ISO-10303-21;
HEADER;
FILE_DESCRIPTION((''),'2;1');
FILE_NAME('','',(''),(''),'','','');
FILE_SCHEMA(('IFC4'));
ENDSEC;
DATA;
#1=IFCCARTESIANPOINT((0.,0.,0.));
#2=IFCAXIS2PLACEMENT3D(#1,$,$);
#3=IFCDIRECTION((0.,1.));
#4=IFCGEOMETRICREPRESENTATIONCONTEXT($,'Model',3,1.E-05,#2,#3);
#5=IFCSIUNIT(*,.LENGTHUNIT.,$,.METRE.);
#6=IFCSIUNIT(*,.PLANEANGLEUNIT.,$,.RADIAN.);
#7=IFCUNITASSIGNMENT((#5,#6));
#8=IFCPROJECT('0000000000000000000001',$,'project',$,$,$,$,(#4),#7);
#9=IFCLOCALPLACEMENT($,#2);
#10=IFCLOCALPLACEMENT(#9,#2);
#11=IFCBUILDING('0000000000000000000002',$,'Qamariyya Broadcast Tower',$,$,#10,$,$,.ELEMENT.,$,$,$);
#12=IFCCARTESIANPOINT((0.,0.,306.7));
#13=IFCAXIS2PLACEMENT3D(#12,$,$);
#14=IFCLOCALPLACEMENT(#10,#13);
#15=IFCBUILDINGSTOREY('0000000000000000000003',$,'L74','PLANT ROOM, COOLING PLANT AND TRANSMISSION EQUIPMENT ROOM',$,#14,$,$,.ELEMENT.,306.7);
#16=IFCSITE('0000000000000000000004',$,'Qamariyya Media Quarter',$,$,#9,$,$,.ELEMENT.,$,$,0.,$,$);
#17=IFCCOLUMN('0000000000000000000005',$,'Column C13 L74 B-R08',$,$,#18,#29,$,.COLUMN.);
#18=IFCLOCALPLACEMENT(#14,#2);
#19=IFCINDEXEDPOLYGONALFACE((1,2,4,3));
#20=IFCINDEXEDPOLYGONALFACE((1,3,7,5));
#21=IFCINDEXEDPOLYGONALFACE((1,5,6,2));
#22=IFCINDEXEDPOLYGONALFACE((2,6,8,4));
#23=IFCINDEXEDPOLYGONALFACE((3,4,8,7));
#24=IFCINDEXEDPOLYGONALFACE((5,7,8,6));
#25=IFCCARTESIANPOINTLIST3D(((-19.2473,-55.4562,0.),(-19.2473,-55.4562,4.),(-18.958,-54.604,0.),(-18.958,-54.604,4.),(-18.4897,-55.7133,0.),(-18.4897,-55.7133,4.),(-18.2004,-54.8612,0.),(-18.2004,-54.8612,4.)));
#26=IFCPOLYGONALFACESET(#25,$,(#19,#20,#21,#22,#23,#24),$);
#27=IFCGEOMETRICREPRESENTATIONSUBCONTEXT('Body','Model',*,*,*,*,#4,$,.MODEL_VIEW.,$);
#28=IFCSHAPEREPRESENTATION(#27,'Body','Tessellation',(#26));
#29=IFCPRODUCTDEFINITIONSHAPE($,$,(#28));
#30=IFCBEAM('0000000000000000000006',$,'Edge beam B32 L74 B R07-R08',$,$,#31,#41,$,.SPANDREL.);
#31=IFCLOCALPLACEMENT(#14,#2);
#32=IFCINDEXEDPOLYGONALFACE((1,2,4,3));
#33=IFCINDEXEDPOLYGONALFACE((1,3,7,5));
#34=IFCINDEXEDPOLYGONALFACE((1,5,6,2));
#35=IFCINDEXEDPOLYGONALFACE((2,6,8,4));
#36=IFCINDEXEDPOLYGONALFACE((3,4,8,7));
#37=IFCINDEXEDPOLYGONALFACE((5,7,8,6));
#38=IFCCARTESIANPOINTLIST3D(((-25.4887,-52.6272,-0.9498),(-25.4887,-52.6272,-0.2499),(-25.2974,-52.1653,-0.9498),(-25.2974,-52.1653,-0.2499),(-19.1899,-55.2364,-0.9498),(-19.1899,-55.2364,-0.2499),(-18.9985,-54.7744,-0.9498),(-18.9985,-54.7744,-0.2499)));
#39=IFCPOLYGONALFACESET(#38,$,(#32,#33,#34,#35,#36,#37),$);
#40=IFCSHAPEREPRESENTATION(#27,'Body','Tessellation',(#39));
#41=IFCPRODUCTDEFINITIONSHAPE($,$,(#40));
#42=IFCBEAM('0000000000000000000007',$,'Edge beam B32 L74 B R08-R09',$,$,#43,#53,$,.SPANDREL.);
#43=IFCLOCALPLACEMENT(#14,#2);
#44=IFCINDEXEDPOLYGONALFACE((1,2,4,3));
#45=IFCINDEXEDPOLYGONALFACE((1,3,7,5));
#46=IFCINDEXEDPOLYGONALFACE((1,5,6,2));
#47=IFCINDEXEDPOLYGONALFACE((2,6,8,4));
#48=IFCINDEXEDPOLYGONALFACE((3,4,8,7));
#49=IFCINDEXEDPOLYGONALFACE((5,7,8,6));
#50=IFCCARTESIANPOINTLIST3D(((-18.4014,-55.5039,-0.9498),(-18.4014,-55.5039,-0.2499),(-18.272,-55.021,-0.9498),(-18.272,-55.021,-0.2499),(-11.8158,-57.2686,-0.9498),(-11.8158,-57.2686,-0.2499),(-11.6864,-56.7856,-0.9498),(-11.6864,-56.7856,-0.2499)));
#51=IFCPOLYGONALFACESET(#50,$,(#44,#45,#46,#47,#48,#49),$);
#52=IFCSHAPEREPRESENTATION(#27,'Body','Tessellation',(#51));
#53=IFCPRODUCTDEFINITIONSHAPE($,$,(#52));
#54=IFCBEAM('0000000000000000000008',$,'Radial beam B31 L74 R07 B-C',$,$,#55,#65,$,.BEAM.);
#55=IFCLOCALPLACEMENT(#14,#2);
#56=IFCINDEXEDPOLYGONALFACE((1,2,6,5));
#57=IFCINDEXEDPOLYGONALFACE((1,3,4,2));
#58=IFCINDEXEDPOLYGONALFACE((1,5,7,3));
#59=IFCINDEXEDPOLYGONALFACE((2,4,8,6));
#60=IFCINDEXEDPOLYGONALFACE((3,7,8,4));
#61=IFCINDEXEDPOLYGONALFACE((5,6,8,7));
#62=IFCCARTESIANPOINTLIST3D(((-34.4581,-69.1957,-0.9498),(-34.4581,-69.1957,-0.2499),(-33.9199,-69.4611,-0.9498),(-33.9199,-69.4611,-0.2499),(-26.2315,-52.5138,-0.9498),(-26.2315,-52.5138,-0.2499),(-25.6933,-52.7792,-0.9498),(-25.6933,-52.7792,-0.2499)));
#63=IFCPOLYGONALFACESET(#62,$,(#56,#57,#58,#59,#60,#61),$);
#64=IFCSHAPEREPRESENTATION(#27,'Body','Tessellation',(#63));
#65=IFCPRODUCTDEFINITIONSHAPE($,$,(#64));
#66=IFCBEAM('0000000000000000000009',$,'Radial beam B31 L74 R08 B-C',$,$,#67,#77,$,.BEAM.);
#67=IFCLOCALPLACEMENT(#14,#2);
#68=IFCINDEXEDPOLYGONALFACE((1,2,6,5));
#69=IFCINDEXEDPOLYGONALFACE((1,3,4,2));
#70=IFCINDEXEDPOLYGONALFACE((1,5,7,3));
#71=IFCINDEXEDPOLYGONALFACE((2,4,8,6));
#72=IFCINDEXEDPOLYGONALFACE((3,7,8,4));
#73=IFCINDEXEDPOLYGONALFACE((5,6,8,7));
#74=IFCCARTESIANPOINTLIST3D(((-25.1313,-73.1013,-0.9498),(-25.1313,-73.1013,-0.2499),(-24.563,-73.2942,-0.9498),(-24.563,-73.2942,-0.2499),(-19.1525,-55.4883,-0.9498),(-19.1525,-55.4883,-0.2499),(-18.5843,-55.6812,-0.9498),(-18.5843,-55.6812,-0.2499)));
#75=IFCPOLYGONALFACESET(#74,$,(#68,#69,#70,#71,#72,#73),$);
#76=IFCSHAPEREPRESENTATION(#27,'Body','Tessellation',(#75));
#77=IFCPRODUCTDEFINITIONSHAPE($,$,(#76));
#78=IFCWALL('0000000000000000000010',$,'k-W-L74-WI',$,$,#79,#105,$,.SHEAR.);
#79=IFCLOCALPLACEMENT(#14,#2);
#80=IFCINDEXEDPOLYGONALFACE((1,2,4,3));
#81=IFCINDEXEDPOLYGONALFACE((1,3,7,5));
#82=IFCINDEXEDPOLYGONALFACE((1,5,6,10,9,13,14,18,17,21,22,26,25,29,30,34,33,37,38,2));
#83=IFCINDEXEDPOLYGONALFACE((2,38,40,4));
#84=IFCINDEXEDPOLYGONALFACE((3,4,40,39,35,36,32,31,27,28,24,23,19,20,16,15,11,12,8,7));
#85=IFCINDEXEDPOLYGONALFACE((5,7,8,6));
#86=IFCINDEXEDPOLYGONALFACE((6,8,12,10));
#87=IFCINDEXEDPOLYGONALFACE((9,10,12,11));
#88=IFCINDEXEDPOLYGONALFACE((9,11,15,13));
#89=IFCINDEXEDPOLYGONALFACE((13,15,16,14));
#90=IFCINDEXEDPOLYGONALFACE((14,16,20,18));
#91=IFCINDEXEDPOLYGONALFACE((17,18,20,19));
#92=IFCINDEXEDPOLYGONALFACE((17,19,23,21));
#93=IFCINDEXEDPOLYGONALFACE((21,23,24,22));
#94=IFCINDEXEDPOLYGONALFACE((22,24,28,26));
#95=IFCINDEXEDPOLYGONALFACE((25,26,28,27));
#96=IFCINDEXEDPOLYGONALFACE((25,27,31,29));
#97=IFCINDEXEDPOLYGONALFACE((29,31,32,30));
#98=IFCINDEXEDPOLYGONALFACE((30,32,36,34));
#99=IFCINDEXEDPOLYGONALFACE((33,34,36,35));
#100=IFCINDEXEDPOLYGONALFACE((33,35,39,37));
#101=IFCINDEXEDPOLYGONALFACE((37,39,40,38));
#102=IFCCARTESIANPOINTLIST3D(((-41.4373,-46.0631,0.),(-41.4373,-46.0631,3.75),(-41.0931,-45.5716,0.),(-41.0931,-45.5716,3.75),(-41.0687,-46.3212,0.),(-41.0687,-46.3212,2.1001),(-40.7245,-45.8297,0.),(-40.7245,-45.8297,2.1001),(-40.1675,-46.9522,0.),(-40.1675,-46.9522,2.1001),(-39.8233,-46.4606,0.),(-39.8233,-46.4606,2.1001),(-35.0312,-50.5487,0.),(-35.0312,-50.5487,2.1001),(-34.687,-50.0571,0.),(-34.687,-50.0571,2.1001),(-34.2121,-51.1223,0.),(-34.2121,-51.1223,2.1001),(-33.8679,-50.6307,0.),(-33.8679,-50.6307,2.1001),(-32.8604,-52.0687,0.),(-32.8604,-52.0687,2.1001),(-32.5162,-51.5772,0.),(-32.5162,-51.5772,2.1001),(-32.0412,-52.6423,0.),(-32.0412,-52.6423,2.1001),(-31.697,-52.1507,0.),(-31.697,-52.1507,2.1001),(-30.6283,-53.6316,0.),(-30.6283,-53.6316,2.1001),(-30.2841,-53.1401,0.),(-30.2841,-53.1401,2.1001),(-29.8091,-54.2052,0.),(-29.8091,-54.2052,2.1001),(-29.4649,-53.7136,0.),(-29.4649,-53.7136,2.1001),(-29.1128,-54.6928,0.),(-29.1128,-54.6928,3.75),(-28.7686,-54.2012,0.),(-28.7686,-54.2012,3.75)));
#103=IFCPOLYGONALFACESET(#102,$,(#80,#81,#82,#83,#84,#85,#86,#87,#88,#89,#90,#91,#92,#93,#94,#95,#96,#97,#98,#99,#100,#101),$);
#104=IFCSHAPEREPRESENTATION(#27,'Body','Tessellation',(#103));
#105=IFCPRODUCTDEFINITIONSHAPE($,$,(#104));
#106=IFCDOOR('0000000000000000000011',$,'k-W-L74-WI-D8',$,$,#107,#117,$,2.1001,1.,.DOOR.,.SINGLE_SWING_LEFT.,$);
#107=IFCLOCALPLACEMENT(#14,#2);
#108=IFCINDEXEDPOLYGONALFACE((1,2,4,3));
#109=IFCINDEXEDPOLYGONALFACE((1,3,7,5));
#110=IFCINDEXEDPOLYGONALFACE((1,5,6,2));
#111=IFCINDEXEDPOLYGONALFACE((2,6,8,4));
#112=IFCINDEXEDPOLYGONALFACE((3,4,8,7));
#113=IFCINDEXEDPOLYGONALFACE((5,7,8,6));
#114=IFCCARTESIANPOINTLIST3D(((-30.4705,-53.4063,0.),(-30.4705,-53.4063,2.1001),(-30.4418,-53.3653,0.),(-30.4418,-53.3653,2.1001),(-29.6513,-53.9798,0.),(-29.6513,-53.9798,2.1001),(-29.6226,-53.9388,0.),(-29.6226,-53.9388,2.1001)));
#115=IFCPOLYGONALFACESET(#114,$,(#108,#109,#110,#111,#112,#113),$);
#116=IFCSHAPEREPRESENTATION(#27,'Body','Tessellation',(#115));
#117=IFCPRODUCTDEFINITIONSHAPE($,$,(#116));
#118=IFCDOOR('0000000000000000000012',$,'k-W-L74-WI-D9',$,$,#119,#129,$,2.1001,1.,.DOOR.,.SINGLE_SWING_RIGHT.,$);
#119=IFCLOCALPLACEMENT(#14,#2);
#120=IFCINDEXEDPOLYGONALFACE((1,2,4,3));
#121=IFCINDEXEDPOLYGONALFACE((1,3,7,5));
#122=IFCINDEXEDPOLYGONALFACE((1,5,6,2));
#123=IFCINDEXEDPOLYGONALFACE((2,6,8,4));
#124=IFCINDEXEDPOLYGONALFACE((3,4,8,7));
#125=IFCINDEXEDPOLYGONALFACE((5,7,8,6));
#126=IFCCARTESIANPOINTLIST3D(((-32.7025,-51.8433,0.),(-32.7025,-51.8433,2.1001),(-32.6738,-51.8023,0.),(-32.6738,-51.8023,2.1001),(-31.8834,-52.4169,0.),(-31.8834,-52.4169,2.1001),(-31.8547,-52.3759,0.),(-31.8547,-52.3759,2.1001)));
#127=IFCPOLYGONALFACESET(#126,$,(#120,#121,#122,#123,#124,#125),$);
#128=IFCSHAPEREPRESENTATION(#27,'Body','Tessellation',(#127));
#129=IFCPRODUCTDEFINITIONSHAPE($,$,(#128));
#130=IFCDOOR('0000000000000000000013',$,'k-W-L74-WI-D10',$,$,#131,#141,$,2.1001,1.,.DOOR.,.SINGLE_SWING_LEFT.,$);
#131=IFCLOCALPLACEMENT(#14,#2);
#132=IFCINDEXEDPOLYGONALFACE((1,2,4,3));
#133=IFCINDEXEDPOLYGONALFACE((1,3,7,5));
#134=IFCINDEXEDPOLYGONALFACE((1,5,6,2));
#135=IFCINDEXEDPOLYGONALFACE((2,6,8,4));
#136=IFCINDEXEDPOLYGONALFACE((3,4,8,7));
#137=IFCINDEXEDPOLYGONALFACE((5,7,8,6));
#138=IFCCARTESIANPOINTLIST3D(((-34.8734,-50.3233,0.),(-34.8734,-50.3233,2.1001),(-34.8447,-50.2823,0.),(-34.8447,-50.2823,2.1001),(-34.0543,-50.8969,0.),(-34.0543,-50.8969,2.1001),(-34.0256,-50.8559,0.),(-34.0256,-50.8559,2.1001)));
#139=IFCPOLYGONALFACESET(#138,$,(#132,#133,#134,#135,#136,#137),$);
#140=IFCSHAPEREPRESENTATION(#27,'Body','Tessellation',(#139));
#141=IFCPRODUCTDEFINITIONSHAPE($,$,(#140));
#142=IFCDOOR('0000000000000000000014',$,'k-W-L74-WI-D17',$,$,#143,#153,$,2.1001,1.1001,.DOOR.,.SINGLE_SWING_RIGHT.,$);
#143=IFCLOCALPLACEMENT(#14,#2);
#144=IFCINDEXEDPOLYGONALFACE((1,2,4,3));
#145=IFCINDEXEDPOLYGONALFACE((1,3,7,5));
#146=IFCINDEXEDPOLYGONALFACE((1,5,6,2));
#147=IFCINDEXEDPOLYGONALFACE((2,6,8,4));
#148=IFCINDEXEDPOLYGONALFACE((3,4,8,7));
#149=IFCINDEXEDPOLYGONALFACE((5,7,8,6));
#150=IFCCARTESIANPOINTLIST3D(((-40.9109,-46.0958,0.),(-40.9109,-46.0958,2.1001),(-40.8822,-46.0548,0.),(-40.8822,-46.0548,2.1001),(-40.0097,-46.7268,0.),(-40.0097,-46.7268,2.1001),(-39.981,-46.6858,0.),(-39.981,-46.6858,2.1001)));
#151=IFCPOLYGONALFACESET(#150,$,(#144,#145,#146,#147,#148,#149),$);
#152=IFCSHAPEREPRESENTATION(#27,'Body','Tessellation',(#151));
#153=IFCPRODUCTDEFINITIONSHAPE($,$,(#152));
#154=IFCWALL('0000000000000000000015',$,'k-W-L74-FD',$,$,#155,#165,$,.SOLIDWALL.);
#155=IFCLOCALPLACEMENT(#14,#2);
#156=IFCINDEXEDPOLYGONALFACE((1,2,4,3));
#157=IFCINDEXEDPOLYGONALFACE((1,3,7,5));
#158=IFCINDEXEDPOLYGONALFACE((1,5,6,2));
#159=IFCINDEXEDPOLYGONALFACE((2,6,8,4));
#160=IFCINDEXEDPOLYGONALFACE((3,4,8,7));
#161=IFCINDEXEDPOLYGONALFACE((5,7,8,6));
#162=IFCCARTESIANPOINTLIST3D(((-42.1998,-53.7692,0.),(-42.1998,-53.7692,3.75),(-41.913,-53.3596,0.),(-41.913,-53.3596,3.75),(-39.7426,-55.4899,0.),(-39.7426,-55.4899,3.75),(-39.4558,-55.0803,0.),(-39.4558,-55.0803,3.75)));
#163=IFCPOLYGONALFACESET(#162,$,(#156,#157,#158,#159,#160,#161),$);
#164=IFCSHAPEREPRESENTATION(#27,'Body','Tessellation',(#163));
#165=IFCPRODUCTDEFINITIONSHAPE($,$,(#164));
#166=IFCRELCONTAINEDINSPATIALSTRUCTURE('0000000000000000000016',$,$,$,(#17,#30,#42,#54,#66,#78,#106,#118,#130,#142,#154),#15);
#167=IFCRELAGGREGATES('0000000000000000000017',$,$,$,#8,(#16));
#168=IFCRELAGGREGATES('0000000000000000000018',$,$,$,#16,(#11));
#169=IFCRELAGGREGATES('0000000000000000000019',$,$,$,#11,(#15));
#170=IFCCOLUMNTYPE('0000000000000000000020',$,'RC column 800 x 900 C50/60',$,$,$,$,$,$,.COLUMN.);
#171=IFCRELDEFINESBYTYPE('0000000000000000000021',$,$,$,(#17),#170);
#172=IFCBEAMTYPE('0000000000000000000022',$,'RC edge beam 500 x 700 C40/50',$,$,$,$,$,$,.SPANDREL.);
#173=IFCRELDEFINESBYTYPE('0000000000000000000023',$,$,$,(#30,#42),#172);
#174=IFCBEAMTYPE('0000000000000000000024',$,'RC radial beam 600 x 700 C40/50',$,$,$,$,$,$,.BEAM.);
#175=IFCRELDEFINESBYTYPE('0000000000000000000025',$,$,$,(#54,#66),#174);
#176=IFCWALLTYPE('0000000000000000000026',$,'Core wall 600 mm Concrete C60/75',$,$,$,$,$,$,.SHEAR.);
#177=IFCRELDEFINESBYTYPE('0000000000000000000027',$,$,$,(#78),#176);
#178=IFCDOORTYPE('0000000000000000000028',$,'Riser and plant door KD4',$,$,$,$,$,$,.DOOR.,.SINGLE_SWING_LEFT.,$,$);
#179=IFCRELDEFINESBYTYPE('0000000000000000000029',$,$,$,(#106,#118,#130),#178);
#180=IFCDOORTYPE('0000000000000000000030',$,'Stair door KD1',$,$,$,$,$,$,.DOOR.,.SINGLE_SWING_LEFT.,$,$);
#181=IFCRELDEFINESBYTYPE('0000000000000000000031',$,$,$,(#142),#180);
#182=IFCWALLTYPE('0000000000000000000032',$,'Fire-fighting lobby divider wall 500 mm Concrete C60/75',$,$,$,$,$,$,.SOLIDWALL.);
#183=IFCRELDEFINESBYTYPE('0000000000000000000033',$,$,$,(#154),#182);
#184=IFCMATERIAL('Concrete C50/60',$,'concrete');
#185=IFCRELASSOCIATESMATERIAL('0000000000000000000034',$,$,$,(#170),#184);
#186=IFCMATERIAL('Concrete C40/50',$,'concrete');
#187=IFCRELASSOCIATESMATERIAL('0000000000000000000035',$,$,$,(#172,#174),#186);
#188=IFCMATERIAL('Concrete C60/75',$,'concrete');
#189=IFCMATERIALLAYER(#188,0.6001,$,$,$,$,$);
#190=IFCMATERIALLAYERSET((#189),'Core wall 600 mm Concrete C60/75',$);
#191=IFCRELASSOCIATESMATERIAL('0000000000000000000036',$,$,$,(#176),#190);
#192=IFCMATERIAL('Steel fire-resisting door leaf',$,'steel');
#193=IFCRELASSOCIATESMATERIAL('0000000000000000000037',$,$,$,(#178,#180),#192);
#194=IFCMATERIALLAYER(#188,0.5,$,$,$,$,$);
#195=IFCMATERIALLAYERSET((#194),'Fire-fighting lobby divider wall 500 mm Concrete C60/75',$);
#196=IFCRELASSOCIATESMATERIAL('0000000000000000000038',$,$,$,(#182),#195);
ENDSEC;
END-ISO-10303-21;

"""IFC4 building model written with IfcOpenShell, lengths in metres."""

from ifc_helpers import new_model, si_unit, direction, frame, frame_2d, origin, origin_2d, place, context, subcontext, project, spatial, rectangle, extrude, material, layer, layer_set, material_profile, profile_set, type_object, element, fill, save


model = new_model("IFC4")

# Units and contexts
model_context = context("Model", 3, precision=1e-05, world=origin(), true_north=direction((0.0, 1.0)))
body_context = subcontext(model_context, "Body", "Model", "MODEL_VIEW")
ifc_project = project(units=[si_unit("LENGTHUNIT", "METRE"), si_unit("PLANEANGLEUNIT", "RADIAN")], contexts=[model_context])

# Site, building, storey
site_placement = place(None, origin())
site = spatial("IfcSite", under=ifc_project, at=site_placement, Name="Qamariyya Media Quarter", CompositionType="ELEMENT", RefElevation=0.0)
building_placement = place(site_placement, origin())
building = spatial("IfcBuilding", under=site, at=building_placement, Name="Qamariyya Broadcast Tower", CompositionType="ELEMENT")
storey_placement = place(building_placement, frame((0.0, 0.0, 306.7)))
storey = spatial("IfcBuildingStorey", under=building, at=storey_placement, Name="L74", Description="PLANT ROOM, COOLING PLANT AND TRANSMISSION EQUIPMENT ROOM", CompositionType="ELEMENT", Elevation=306.7)

# Column
ifc_material_1 = material(Name="Concrete C50/60", Category="concrete")
ifc_material_profile_1 = material_profile(ifc_material_1, rectangle(XDim=0.8, YDim=0.8999, at=origin_2d()))
ifc_profile_set_1 = profile_set([ifc_material_profile_1], Name="Concrete C50/60")
column_type = type_object("IfcColumnType", Name="RC column 800 x 900 C50/60", PredefinedType="COLUMN", material=ifc_profile_set_1)
column_placement = place(storey_placement, frame((-18.7239, -55.1587, 0.0), z_axis=(0.0, 0.0, 1.0), x_axis=(0.94693, -0.321439, 0.0)))
element("IfcColumn", 1, at=column_placement, inside=storey, type_object=column_type, Name="Column C13 L74 B-R08", PredefinedType="COLUMN", context=body_context, shape_type="SweptSolid", body=[
    extrude(rectangle(XDim=0.8, YDim=0.8999, at=origin_2d()), origin(), (0.0, 0.0, 1.0), 4.0),
])

# Beams
ifc_material_2 = material(Name="Concrete C40/50", Category="concrete")
ifc_material_profile_2 = material_profile(ifc_material_2, rectangle(XDim=0.5, YDim=0.7, at=origin_2d()))
ifc_profile_set_2 = profile_set([ifc_material_profile_2], Name="Concrete C40/50")
beam_type_1 = type_object("IfcBeamType", Name="RC edge beam 500 x 700 C40/50", PredefinedType="SPANDREL", material=ifc_profile_set_2)
for number, where, z_axis, x_axis, name in (
    (2, (-25.3931, -52.3962, -0.5999), (0.923876, -0.382692, 0.0), (0.382692, 0.923876, 0.0), "Edge beam B32 L74 B R07-R08"),
    (3, (-18.3367, -55.2625, -0.5999), (0.965923, -0.25883, 0.0), (0.25883, 0.965923, 0.0), "Edge beam B32 L74 B R08-R09"),
):
    element("IfcBeam", number, at=place(storey_placement, frame(where, z_axis=z_axis, x_axis=x_axis)), inside=storey, type_object=beam_type_1, Name=name, PredefinedType="SPANDREL", context=body_context, shape_type="SweptSolid", body=[
        extrude(rectangle(XDim=0.5, YDim=0.7, at=origin_2d()), origin(), (0.0, 0.0, 1.0), 6.8179),
    ])
ifc_material_profile_3 = material_profile(ifc_material_2, rectangle(XDim=0.6001, YDim=0.7, at=origin_2d()))
ifc_profile_set_3 = profile_set([ifc_material_profile_3], Name="Concrete C40/50")
beam_type_2 = type_object("IfcBeamType", Name="RC radial beam 600 x 700 C40/50", PredefinedType="BEAM", material=ifc_profile_set_3)
for number, where, z_axis, x_axis, name in (
    (4, (-25.9624, -52.6465, -0.5999), (-0.442287, -0.896873, 0.0), (0.896873, -0.442287, 0.0), "Radial beam B31 L74 R07 B-C"),
    (5, (-18.8684, -55.5847, -0.5999), (-0.321437, -0.946931, 0.0), (0.946931, -0.321437, 0.0), "Radial beam B31 L74 R08 B-C"),
):
    element("IfcBeam", number, at=place(storey_placement, frame(where, z_axis=z_axis, x_axis=x_axis)), inside=storey, type_object=beam_type_2, Name=name, PredefinedType="BEAM", context=body_context, shape_type="SweptSolid", body=[
        extrude(rectangle(XDim=0.6001, YDim=0.7, at=origin_2d()), origin(), (0.0, 0.0, 1.0), 18.6001),
    ])

# Wall, openings, doors
ifc_material_3 = material(Name="Concrete C60/75", Category="concrete")
ifc_layer_1 = layer(ifc_material_3, 0.6001)
ifc_layer_set_1 = layer_set([ifc_layer_1], Name="Core wall 600 mm Concrete C60/75")
wall_type_1 = type_object("IfcWallType", Name="Core wall 600 mm Concrete C60/75", PredefinedType="SHEAR", material=ifc_layer_set_1)
wall_1_placement = place(storey_placement, frame((-28.9407, -54.447, 0.0), z_axis=(0.0, 0.0, 1.0), x_axis=(-0.819153, 0.573575, 0.0)))
wall_1 = element("IfcWall", 6, at=wall_1_placement, inside=storey, type_object=wall_type_1, Name="k-W-L74-WI", PredefinedType="SHEAR", context=body_context, shape_type="SweptSolid", body=[
    extrude(rectangle(XDim=15.0454, YDim=0.6001, at=frame_2d((7.5227, 0.0))), origin(), (0.0, 0.0, 1.0), 3.75),
])
opening_1_placement = place(wall_1_placement, frame((0.8501, 0.0, 0.0)))
opening_1 = element("IfcOpeningElement", 7, at=opening_1_placement, cuts=wall_1, PredefinedType="OPENING", context=body_context, shape_type="SweptSolid", body=[
    extrude(rectangle(XDim=1.0, YDim=2.1001, at=frame_2d((0.5, 1.05))), frame((0.0, 0.3101, 0.0), z_axis=(0.0, -1.0, 0.0), x_axis=(1.0, 0.0, 0.0)), (0.0, 0.0, 1.0), 0.6201),
])
opening_2_placement = place(wall_1_placement, frame((3.575, 0.0, 0.0)))
opening_2 = element("IfcOpeningElement", 8, at=opening_2_placement, cuts=wall_1, PredefinedType="OPENING", context=body_context, shape_type="SweptSolid", body=[
    extrude(rectangle(XDim=1.0, YDim=2.1001, at=frame_2d((0.5, 1.05))), frame((0.0, 0.3101, 0.0), z_axis=(0.0, -1.0, 0.0), x_axis=(1.0, 0.0, 0.0)), (0.0, 0.0, 1.0), 0.6201),
])
opening_3_placement = place(wall_1_placement, frame((6.2251, 0.0, 0.0)))
opening_3 = element("IfcOpeningElement", 9, at=opening_3_placement, cuts=wall_1, PredefinedType="OPENING", context=body_context, shape_type="SweptSolid", body=[
    extrude(rectangle(XDim=1.0, YDim=2.1001, at=frame_2d((0.5, 1.05))), frame((0.0, 0.3101, 0.0), z_axis=(0.0, -1.0, 0.0), x_axis=(1.0, 0.0, 0.0)), (0.0, 0.0, 1.0), 0.6201),
])
opening_4_placement = place(wall_1_placement, frame((13.4954, 0.0, 0.0)))
opening_4 = element("IfcOpeningElement", 10, at=opening_4_placement, cuts=wall_1, PredefinedType="OPENING", context=body_context, shape_type="SweptSolid", body=[
    extrude(rectangle(XDim=1.1001, YDim=2.1001, at=frame_2d((0.55, 1.05))), frame((0.0, 0.3101, 0.0), z_axis=(0.0, -1.0, 0.0), x_axis=(1.0, 0.0, 0.0)), (0.0, 0.0, 1.0), 0.6201),
])
ifc_material_4 = material(Name="Steel fire-resisting door leaf", Category="steel")
door_type_1 = type_object("IfcDoorType", Name="Riser and plant door KD4", OperationType="SINGLE_SWING_LEFT", PredefinedType="DOOR", material=ifc_material_4)
door_1_placement = place(opening_1_placement, origin())
door_1 = element("IfcDoor", 11, at=door_1_placement, inside=storey, type_object=door_type_1, Name="k-W-L74-WI-D8", OperationType="SINGLE_SWING_LEFT", OverallHeight=2.1001, OverallWidth=1.0, PredefinedType="DOOR", context=body_context, shape_type="SweptSolid", body=[
    extrude(rectangle(XDim=1.0, YDim=2.1001, at=frame_2d((0.5, 1.05))), frame((0.0, 0.0249, 0.0), z_axis=(0.0, -1.0, 0.0), x_axis=(1.0, 0.0, 0.0)), (0.0, 0.0, 1.0), 0.05),
])
fill(opening_1, door_1)
door_2_placement = place(opening_2_placement, origin())
door_2 = element("IfcDoor", 12, at=door_2_placement, inside=storey, type_object=door_type_1, Name="k-W-L74-WI-D9", OperationType="SINGLE_SWING_RIGHT", OverallHeight=2.1001, OverallWidth=1.0, PredefinedType="DOOR", context=body_context, shape_type="SweptSolid", body=[
    extrude(rectangle(XDim=1.0, YDim=2.1001, at=frame_2d((0.5, 1.05))), frame((0.0, 0.0249, 0.0), z_axis=(0.0, -1.0, 0.0), x_axis=(1.0, 0.0, 0.0)), (0.0, 0.0, 1.0), 0.05),
])
fill(opening_2, door_2)
door_3_placement = place(opening_3_placement, origin())
door_3 = element("IfcDoor", 13, at=door_3_placement, inside=storey, type_object=door_type_1, Name="k-W-L74-WI-D10", OperationType="SINGLE_SWING_LEFT", OverallHeight=2.1001, OverallWidth=1.0, PredefinedType="DOOR", context=body_context, shape_type="SweptSolid", body=[
    extrude(rectangle(XDim=1.0, YDim=2.1001, at=frame_2d((0.5, 1.05))), frame((0.0, 0.0249, 0.0), z_axis=(0.0, -1.0, 0.0), x_axis=(1.0, 0.0, 0.0)), (0.0, 0.0, 1.0), 0.05),
])
fill(opening_3, door_3)
door_type_2 = type_object("IfcDoorType", Name="Stair door KD1", OperationType="SINGLE_SWING_LEFT", PredefinedType="DOOR", material=ifc_material_4)
door_4_placement = place(opening_4_placement, origin())
door_4 = element("IfcDoor", 14, at=door_4_placement, inside=storey, type_object=door_type_2, Name="k-W-L74-WI-D17", OperationType="SINGLE_SWING_RIGHT", OverallHeight=2.1001, OverallWidth=1.1001, PredefinedType="DOOR", context=body_context, shape_type="SweptSolid", body=[
    extrude(rectangle(XDim=1.1001, YDim=2.1001, at=frame_2d((0.55, 1.05))), frame((0.0, 0.0249, 0.0), z_axis=(0.0, -1.0, 0.0), x_axis=(1.0, 0.0, 0.0)), (0.0, 0.0, 1.0), 0.05),
])
fill(opening_4, door_4)

# Wall
ifc_layer_2 = layer(ifc_material_3, 0.5)
ifc_layer_set_2 = layer_set([ifc_layer_2], Name="Fire-fighting lobby divider wall 500 mm Concrete C60/75")
wall_type_2 = type_object("IfcWallType", Name="Fire-fighting lobby divider wall 500 mm Concrete C60/75", PredefinedType="SOLIDWALL", material=ifc_layer_set_2)
wall_2_placement = place(storey_placement, frame((-39.5991, -55.2852, 0.0), z_axis=(0.0, 0.0, 1.0), x_axis=(-0.819136, 0.573599, 0.0)))
element("IfcWall", 15, at=wall_2_placement, inside=storey, type_object=wall_type_2, Name="k-W-L74-FD", PredefinedType="SOLIDWALL", context=body_context, shape_type="SweptSolid", body=[
    extrude(rectangle(XDim=2.9998, YDim=0.5, at=frame_2d((1.5, 0.0))), origin(), (0.0, 0.0, 1.0), 3.75),
])

save(model, "model.ifc")
